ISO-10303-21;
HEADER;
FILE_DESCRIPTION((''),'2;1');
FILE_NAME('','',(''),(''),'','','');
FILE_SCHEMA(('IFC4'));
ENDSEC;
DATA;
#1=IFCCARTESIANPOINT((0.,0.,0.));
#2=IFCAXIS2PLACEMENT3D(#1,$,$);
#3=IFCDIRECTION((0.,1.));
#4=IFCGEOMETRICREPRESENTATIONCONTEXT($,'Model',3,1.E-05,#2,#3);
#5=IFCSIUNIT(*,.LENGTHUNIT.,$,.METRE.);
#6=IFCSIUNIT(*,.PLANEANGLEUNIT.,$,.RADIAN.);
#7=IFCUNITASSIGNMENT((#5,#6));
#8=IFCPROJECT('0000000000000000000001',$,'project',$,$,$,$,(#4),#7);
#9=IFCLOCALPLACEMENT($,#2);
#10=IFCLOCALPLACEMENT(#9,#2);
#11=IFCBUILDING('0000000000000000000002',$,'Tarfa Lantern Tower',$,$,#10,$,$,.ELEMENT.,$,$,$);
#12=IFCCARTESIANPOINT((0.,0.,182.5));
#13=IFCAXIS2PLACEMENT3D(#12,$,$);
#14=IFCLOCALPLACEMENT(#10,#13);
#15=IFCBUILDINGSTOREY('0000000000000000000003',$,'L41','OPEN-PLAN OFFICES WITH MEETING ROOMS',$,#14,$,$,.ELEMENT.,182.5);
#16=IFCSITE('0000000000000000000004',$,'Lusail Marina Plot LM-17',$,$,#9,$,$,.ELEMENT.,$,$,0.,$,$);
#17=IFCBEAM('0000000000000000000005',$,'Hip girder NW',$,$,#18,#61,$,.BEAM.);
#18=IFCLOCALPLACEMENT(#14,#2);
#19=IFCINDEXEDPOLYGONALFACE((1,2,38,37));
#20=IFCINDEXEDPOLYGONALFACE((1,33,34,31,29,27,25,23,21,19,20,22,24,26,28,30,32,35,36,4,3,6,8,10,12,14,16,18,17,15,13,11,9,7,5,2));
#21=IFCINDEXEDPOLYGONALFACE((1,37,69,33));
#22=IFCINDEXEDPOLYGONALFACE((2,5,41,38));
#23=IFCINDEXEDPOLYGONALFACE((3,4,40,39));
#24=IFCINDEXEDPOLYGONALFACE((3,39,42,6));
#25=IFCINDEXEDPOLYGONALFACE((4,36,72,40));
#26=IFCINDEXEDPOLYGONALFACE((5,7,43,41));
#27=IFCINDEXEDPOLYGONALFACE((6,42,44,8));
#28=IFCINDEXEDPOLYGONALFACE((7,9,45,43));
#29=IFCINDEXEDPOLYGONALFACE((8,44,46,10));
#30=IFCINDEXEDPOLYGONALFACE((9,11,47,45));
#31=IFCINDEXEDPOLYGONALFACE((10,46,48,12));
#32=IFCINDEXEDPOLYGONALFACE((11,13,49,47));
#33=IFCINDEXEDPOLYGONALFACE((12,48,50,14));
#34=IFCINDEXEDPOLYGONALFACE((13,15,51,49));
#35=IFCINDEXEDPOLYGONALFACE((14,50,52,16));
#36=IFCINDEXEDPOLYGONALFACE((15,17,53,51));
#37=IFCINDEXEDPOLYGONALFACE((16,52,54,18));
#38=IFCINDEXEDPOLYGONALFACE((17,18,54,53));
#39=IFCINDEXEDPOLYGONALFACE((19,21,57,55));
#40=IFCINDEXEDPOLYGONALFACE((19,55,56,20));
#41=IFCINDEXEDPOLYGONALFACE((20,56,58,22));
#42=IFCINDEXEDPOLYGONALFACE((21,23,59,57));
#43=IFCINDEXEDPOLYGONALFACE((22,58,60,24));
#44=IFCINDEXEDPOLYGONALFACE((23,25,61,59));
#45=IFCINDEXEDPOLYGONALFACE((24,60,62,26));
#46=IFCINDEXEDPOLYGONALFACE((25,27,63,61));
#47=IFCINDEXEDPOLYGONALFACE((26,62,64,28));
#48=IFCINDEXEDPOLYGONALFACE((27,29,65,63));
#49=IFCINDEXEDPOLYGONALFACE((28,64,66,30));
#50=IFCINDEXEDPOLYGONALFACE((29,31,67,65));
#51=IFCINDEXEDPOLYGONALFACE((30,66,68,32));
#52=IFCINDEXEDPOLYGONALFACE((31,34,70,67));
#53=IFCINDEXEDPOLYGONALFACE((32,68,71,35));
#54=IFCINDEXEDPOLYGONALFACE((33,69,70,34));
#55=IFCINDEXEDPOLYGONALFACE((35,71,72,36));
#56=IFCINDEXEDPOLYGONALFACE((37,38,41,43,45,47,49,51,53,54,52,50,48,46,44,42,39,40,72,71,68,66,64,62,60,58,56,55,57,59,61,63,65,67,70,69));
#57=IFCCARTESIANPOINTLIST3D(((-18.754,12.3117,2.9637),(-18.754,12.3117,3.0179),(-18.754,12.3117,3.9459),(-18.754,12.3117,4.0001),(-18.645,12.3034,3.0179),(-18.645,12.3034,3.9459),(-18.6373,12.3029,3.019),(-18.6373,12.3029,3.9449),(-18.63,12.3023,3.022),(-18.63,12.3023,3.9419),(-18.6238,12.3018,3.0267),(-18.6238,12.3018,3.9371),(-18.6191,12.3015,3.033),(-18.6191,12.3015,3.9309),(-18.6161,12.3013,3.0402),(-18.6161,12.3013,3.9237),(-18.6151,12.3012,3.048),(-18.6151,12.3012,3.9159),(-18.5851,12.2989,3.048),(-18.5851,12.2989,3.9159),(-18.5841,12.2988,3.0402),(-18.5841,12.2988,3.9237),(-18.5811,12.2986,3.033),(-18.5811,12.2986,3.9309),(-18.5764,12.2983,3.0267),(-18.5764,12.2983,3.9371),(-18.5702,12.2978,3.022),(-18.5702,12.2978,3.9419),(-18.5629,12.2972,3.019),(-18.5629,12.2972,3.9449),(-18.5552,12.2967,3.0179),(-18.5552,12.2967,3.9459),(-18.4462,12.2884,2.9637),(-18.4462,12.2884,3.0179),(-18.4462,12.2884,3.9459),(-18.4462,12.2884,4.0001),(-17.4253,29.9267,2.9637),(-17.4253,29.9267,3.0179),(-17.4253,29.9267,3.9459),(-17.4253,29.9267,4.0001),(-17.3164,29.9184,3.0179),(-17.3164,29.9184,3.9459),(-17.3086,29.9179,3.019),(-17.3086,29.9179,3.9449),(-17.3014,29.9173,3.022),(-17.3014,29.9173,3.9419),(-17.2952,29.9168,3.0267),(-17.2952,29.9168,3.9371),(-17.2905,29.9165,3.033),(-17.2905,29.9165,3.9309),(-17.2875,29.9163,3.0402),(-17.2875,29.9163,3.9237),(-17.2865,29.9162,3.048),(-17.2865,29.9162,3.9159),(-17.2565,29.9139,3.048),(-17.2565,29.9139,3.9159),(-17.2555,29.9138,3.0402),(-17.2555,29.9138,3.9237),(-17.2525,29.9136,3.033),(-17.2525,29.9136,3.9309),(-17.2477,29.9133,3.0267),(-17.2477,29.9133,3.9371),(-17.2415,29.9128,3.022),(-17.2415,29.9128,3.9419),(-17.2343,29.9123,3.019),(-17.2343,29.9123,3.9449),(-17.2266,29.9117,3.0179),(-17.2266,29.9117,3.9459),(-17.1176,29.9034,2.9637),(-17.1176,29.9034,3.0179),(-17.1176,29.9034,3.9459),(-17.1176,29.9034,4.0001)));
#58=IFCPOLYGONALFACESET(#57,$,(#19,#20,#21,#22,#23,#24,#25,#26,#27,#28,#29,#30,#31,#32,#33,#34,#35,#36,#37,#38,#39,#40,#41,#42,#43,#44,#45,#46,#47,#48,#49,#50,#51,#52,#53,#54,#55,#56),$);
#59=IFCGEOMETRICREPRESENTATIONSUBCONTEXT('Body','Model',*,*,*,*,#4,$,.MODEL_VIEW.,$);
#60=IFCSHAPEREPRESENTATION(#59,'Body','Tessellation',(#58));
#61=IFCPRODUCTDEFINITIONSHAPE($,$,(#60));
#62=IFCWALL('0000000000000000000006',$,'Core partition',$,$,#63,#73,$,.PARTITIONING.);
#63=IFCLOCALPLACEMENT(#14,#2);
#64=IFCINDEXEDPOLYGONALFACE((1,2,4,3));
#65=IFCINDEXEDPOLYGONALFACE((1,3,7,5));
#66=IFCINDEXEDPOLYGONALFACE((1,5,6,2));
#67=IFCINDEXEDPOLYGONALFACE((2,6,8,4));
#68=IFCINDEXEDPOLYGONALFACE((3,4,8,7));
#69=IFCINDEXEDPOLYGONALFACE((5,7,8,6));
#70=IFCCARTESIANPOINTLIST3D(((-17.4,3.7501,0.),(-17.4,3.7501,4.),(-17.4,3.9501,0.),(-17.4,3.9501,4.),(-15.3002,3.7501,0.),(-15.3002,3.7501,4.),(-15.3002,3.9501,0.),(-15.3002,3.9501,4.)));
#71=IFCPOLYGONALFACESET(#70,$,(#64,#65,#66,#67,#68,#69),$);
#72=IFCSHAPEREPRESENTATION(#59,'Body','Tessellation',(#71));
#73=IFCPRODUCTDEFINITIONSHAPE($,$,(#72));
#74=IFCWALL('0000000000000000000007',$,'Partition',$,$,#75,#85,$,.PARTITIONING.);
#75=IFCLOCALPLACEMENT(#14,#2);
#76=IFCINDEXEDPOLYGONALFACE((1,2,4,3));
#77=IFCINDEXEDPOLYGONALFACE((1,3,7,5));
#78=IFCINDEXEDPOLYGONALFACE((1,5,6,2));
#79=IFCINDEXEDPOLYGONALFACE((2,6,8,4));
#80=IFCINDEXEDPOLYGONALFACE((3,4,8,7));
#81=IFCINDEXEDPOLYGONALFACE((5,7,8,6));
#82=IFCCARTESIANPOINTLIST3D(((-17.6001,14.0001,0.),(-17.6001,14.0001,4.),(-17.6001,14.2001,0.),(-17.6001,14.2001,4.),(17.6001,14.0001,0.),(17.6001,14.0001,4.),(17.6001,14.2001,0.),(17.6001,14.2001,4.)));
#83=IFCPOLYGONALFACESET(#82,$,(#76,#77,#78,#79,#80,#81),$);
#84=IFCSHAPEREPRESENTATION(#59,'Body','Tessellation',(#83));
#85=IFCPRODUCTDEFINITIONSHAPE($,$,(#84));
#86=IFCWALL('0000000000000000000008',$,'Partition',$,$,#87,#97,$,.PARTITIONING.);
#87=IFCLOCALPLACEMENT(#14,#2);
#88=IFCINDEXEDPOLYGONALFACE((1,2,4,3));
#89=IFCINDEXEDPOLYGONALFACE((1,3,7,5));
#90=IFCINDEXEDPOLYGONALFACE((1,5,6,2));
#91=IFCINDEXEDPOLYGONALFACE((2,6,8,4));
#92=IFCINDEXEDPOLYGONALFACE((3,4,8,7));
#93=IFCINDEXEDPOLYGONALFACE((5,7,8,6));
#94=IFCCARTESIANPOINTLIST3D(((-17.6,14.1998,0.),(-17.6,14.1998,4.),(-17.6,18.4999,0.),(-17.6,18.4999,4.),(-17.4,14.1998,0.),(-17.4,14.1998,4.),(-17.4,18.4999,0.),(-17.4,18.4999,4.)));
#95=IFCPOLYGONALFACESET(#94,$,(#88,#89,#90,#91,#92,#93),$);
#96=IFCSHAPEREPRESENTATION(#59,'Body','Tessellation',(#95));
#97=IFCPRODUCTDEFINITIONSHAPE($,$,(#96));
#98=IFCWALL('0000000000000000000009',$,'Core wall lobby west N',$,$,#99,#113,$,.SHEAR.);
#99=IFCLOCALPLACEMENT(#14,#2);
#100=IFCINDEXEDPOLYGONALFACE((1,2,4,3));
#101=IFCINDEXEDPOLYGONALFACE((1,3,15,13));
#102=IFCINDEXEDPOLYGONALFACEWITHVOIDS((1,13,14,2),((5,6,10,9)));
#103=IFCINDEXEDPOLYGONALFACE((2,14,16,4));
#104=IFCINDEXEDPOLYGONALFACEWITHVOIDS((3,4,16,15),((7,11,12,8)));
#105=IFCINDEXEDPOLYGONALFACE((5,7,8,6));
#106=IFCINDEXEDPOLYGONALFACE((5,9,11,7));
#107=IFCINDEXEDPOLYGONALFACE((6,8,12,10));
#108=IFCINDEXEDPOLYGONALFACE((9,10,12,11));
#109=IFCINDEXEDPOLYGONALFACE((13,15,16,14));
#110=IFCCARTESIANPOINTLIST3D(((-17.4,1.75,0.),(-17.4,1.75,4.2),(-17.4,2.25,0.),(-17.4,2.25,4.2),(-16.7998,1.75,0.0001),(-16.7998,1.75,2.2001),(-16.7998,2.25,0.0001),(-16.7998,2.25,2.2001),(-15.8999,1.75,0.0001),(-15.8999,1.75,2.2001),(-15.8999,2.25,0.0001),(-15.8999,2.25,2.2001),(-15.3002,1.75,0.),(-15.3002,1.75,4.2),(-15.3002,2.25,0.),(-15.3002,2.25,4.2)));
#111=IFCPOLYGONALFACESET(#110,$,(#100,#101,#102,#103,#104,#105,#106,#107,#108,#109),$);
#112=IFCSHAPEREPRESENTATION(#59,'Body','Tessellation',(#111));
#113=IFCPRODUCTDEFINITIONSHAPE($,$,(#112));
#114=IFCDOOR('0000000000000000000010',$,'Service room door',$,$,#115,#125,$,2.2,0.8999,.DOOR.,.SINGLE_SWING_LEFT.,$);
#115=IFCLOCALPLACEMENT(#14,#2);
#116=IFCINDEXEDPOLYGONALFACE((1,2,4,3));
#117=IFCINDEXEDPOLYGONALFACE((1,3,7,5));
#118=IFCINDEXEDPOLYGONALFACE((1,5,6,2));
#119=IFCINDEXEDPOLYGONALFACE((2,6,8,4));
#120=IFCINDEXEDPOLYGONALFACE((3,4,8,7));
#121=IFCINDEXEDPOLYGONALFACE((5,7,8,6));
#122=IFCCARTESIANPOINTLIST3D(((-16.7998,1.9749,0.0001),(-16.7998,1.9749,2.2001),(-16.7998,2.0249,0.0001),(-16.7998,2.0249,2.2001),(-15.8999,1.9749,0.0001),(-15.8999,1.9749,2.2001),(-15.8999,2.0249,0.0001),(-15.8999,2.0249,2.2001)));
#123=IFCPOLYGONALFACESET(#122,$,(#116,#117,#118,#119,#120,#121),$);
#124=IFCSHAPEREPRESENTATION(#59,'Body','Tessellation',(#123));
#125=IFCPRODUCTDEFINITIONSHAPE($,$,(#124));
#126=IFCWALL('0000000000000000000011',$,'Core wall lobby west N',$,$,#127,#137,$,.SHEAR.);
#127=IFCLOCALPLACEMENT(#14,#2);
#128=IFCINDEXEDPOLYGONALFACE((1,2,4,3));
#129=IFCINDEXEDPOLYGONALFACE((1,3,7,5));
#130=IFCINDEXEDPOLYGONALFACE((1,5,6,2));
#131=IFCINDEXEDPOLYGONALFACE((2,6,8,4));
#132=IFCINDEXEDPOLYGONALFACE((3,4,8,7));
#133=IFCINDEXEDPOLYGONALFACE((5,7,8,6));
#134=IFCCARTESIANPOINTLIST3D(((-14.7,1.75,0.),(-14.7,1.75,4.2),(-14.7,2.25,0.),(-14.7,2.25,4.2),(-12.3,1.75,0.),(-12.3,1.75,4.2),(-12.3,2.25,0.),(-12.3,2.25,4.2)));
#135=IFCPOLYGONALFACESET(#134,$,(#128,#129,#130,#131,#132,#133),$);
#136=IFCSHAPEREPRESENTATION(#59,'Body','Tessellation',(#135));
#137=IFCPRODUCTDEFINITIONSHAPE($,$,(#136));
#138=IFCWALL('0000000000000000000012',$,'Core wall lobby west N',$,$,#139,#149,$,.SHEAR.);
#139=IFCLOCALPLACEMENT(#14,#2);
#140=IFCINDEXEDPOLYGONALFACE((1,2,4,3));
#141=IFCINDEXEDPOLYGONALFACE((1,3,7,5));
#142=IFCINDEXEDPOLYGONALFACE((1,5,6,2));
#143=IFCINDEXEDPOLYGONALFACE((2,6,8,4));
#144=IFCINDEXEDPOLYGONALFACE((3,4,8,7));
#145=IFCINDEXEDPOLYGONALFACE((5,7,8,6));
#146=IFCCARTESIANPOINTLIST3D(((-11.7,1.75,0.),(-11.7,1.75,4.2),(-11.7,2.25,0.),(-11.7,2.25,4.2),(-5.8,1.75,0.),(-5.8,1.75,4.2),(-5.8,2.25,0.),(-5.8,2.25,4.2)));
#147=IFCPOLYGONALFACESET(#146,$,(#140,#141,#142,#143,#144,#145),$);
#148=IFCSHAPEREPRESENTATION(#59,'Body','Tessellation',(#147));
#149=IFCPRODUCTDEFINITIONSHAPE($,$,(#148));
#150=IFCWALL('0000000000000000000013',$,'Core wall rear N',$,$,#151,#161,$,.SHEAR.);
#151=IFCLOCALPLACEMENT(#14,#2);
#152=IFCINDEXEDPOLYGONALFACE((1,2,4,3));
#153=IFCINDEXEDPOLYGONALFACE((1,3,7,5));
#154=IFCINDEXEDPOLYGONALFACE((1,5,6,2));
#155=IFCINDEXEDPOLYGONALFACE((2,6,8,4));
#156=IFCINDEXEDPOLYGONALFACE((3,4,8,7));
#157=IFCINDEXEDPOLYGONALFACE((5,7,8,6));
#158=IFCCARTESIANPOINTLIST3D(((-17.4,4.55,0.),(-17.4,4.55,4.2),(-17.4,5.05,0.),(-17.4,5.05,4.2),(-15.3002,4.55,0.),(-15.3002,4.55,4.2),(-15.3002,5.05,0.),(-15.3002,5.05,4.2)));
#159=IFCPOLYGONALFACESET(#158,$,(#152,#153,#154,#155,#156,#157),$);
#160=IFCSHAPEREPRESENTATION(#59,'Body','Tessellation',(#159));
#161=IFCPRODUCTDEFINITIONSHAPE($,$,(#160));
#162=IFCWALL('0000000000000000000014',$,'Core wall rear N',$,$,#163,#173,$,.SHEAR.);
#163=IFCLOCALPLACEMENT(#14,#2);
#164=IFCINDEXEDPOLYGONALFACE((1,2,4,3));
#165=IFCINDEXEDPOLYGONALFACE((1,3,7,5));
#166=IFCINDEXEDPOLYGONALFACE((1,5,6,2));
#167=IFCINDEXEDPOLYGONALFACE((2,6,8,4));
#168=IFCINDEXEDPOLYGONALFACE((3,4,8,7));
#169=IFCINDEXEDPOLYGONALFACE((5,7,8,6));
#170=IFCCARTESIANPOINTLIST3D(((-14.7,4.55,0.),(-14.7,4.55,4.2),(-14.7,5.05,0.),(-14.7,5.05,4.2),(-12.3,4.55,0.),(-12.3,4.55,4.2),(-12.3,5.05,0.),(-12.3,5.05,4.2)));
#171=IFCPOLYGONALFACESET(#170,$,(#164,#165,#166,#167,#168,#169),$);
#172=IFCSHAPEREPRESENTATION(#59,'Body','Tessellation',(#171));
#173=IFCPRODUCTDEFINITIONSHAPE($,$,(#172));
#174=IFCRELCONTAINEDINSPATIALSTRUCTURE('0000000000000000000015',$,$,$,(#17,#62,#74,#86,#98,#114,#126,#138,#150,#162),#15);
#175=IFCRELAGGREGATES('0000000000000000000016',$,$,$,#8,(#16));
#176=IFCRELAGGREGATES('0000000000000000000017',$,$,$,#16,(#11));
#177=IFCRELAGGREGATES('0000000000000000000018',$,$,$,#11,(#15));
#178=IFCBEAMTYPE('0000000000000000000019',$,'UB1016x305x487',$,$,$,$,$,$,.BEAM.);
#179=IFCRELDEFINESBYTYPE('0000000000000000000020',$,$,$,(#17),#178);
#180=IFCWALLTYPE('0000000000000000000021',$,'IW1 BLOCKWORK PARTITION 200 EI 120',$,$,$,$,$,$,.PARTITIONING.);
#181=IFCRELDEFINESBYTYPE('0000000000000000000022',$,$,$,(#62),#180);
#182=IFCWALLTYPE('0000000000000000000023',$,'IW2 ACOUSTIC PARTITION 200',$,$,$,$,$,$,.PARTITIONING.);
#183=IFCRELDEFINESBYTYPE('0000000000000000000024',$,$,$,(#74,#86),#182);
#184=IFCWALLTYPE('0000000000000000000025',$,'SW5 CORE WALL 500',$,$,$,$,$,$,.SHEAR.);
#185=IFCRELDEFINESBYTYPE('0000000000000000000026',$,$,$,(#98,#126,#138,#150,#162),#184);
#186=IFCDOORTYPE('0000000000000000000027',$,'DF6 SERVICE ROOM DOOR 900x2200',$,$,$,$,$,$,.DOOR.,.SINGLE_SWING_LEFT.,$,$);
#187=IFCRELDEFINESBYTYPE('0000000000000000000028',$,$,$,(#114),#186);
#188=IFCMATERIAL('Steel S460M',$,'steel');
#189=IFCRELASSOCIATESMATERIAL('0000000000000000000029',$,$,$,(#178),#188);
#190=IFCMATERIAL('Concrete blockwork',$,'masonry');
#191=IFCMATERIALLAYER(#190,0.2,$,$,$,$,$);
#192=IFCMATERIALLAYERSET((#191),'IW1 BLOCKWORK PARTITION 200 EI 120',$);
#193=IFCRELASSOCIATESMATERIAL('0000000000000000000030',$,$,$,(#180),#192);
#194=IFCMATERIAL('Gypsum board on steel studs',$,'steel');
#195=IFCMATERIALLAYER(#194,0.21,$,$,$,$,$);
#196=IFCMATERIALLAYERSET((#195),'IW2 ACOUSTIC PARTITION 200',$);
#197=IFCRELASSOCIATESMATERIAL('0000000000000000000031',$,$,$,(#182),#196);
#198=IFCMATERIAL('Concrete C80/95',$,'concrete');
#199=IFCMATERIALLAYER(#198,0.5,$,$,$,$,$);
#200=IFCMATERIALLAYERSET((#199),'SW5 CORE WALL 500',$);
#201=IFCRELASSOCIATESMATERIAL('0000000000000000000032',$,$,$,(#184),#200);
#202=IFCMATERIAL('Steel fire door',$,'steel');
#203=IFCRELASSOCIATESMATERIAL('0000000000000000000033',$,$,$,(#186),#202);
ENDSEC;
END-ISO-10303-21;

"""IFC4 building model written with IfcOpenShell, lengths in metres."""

from ifc_helpers import new_model, si_unit, direction, frame, frame_2d, origin, origin_2d, place, context, subcontext, project, spatial, rectangle, i_section, extrude, material, layer, layer_set, material_profile, profile_set, type_object, element, fill, save


model = new_model("IFC4")

# Units and contexts
model_context = context("Model", 3, precision=1e-05, world=origin(), true_north=direction((0.0, 1.0)))
body_context = subcontext(model_context, "Body", "Model", "MODEL_VIEW")
ifc_project = project(units=[si_unit("LENGTHUNIT", "METRE"), si_unit("PLANEANGLEUNIT", "RADIAN")], contexts=[model_context])

# Site, building, storey
site_placement = place(None, origin())
site = spatial("IfcSite", under=ifc_project, at=site_placement, Name="Lusail Marina Plot LM-17", CompositionType="ELEMENT", RefElevation=0.0)
building_placement = place(site_placement, origin())
building = spatial("IfcBuilding", under=site, at=building_placement, Name="Tarfa Lantern Tower", CompositionType="ELEMENT")
storey_placement = place(building_placement, frame((0.0, 0.0, 182.5)))
storey = spatial("IfcBuildingStorey", under=building, at=storey_placement, Name="L41", Description="OPEN-PLAN OFFICES WITH MEETING ROOMS", CompositionType="ELEMENT", Elevation=182.5)

# Beam
ifc_material_1 = material(Name="Steel S460M", Category="steel")
ifc_material_profile = material_profile(ifc_material_1, i_section(OverallWidth=0.3086, OverallDepth=1.0364, WebThickness=0.03, FlangeThickness=0.0542, FilletRadius=0.03, at=origin_2d()), Name="UB1016x305x487")
ifc_profile_set = profile_set([ifc_material_profile], Name="Steel S460M")
beam_type = type_object("IfcBeamType", Name="UB1016x305x487", PredefinedType="BEAM", material=ifc_profile_set)
beam_placement = place(storey_placement, frame((-18.6001, 12.3, 3.4819), z_axis=(0.075212, 0.997168, 0.0), x_axis=(-0.997168, 0.075212, 0.0)))
element("IfcBeam", 1, at=beam_placement, inside=storey, type_object=beam_type, Name="Hip girder NW", PredefinedType="BEAM", context=body_context, shape_type="SweptSolid", body=[
    extrude(i_section(OverallWidth=0.3086, OverallDepth=1.0364, WebThickness=0.03, FlangeThickness=0.0542, FilletRadius=0.03, at=origin_2d()), origin(), (0.0, 0.0, 1.0), 17.665),
])

# Walls
ifc_material_2 = material(Name="Concrete blockwork", Category="masonry")
ifc_layer_1 = layer(ifc_material_2, 0.2)
ifc_layer_set_1 = layer_set([ifc_layer_1], Name="IW1 BLOCKWORK PARTITION 200 EI 120")
wall_type_1 = type_object("IfcWallType", Name="IW1 BLOCKWORK PARTITION 200 EI 120", PredefinedType="PARTITIONING", material=ifc_layer_set_1)
wall_1_placement = place(storey_placement, frame((-17.3999, 3.8501, 0.0), z_axis=(0.0, 0.0, 1.0), x_axis=(1.0, 0.0, 0.0)))
element("IfcWall", 2, at=wall_1_placement, inside=storey, type_object=wall_type_1, Name="Core partition", PredefinedType="PARTITIONING", context=body_context, shape_type="SweptSolid", body=[
    extrude(rectangle(XDim=2.0999, YDim=0.2, at=frame_2d((1.0498, 0.0))), origin(), (0.0, 0.0, 1.0), 4.0),
])
ifc_material_3 = material(Name="Gypsum board on steel studs", Category="steel")
ifc_layer_2 = layer(ifc_material_3, 0.21)
ifc_layer_set_2 = layer_set([ifc_layer_2], Name="IW2 ACOUSTIC PARTITION 200")
wall_type_2 = type_object("IfcWallType", Name="IW2 ACOUSTIC PARTITION 200", PredefinedType="PARTITIONING", material=ifc_layer_set_2)
wall_2_placement = place(storey_placement, frame((-17.6001, 14.1001, 0.0), z_axis=(0.0, 0.0, 1.0), x_axis=(1.0, 0.0, 0.0)))
element("IfcWall", 3, at=wall_2_placement, inside=storey, type_object=wall_type_2, Name="Partition", PredefinedType="PARTITIONING", context=body_context, shape_type="SweptSolid", body=[
    extrude(rectangle(XDim=35.2002, YDim=0.2, at=frame_2d((17.6001, 0.0))), origin(), (0.0, 0.0, 1.0), 4.0),
])
wall_3_placement = place(storey_placement, frame((-17.5, 14.2, 0.0), z_axis=(0.0, 0.0, 1.0), x_axis=(0.0, 1.0, 0.0)))
element("IfcWall", 4, at=wall_3_placement, inside=storey, type_object=wall_type_2, Name="Partition", PredefinedType="PARTITIONING", context=body_context, shape_type="SweptSolid", body=[
    extrude(rectangle(XDim=4.3, YDim=0.2, at=frame_2d((2.1499, 0.0))), origin(), (0.0, 0.0, 1.0), 4.0),
])

# Wall, opening, door
ifc_material_4 = material(Name="Concrete C80/95", Category="concrete")
ifc_material_5 = material(Name="Steel fire door", Category="steel")
ifc_layer_3 = layer(ifc_material_4, 0.5)
ifc_layer_set_3 = layer_set([ifc_layer_3], Name="SW5 CORE WALL 500")
wall_type_3 = type_object("IfcWallType", Name="SW5 CORE WALL 500", PredefinedType="SHEAR", material=ifc_layer_set_3)
wall_4_placement = place(storey_placement, frame((-17.3999, 2.0, 0.0), z_axis=(0.0, 0.0, 1.0), x_axis=(1.0, 0.0, 0.0)))
wall_4 = element("IfcWall", 5, at=wall_4_placement, inside=storey, type_object=wall_type_3, Name="Core wall lobby west N", PredefinedType="SHEAR", context=body_context, shape_type="SweptSolid", body=[
    extrude(rectangle(XDim=2.0999, YDim=0.5, at=frame_2d((1.0498, 0.0))), origin(), (0.0, 0.0, 1.0), 4.2),
])
opening_1_placement = place(wall_4_placement, frame((0.6001, 0.0, 0.0)))
opening_1 = element("IfcOpeningElement", 6, at=opening_1_placement, cuts=wall_4, PredefinedType="OPENING", context=body_context, shape_type="SweptSolid", body=[
    extrude(rectangle(XDim=0.8999, YDim=2.2, at=frame_2d((0.45, 1.1001))), frame((0.0, 0.26, 0.0), z_axis=(0.0, -1.0, 0.0), x_axis=(1.0, 0.0, 0.0)), (0.0, 0.0, 1.0), 0.52),
])
door_type_1 = type_object("IfcDoorType", Name="DF6 SERVICE ROOM DOOR 900x2200", OperationType="SINGLE_SWING_LEFT", PredefinedType="DOOR", material=ifc_material_5)
door_1_placement = place(opening_1_placement, origin())
door_1 = element("IfcDoor", 7, at=door_1_placement, inside=storey, type_object=door_type_1, Name="Service room door", OperationType="SINGLE_SWING_LEFT", OverallHeight=2.2, OverallWidth=0.8999, PredefinedType="DOOR", context=body_context, shape_type="SweptSolid", body=[
    extrude(rectangle(XDim=0.8999, YDim=2.2, at=frame_2d((0.45, 1.1001))), frame((0.0, 0.0249, 0.0), z_axis=(0.0, -1.0, 0.0), x_axis=(1.0, 0.0, 0.0)), (0.0, 0.0, 1.0), 0.05),
])
fill(opening_1, door_1)

# Walls
wall_5_placement = place(storey_placement, frame((-14.7, 2.0, 0.0), z_axis=(0.0, 0.0, 1.0), x_axis=(1.0, 0.0, 0.0)))
element("IfcWall", 8, at=wall_5_placement, inside=storey, type_object=wall_type_3, Name="Core wall lobby west N", PredefinedType="SHEAR", context=body_context, shape_type="SweptSolid", body=[
    extrude(rectangle(XDim=2.3999, YDim=0.5, at=frame_2d((1.2, 0.0))), origin(), (0.0, 0.0, 1.0), 4.2),
])
wall_6_placement = place(storey_placement, frame((-11.7, 2.0, 0.0), z_axis=(0.0, 0.0, 1.0), x_axis=(1.0, 0.0, 0.0)))
element("IfcWall", 9, at=wall_6_placement, inside=storey, type_object=wall_type_3, Name="Core wall lobby west N", PredefinedType="SHEAR", context=body_context, shape_type="SweptSolid", body=[
    extrude(rectangle(XDim=5.8999, YDim=0.5, at=frame_2d((2.95, 0.0))), origin(), (0.0, 0.0, 1.0), 4.2),
])
wall_7_placement = place(storey_placement, frame((-17.3999, 4.8, 0.0), z_axis=(0.0, 0.0, 1.0), x_axis=(1.0, 0.0, 0.0)))
element("IfcWall", 10, at=wall_7_placement, inside=storey, type_object=wall_type_3, Name="Core wall rear N", PredefinedType="SHEAR", context=body_context, shape_type="SweptSolid", body=[
    extrude(rectangle(XDim=2.0999, YDim=0.5, at=frame_2d((1.0498, 0.0))), origin(), (0.0, 0.0, 1.0), 4.2),
])
wall_8_placement = place(storey_placement, frame((-14.7, 4.8, 0.0), z_axis=(0.0, 0.0, 1.0), x_axis=(1.0, 0.0, 0.0)))
element("IfcWall", 11, at=wall_8_placement, inside=storey, type_object=wall_type_3, Name="Core wall rear N", PredefinedType="SHEAR", context=body_context, shape_type="SweptSolid", body=[
    extrude(rectangle(XDim=2.3999, YDim=0.5, at=frame_2d((1.2, 0.0))), origin(), (0.0, 0.0, 1.0), 4.2),
])

save(model, "model.ifc")
